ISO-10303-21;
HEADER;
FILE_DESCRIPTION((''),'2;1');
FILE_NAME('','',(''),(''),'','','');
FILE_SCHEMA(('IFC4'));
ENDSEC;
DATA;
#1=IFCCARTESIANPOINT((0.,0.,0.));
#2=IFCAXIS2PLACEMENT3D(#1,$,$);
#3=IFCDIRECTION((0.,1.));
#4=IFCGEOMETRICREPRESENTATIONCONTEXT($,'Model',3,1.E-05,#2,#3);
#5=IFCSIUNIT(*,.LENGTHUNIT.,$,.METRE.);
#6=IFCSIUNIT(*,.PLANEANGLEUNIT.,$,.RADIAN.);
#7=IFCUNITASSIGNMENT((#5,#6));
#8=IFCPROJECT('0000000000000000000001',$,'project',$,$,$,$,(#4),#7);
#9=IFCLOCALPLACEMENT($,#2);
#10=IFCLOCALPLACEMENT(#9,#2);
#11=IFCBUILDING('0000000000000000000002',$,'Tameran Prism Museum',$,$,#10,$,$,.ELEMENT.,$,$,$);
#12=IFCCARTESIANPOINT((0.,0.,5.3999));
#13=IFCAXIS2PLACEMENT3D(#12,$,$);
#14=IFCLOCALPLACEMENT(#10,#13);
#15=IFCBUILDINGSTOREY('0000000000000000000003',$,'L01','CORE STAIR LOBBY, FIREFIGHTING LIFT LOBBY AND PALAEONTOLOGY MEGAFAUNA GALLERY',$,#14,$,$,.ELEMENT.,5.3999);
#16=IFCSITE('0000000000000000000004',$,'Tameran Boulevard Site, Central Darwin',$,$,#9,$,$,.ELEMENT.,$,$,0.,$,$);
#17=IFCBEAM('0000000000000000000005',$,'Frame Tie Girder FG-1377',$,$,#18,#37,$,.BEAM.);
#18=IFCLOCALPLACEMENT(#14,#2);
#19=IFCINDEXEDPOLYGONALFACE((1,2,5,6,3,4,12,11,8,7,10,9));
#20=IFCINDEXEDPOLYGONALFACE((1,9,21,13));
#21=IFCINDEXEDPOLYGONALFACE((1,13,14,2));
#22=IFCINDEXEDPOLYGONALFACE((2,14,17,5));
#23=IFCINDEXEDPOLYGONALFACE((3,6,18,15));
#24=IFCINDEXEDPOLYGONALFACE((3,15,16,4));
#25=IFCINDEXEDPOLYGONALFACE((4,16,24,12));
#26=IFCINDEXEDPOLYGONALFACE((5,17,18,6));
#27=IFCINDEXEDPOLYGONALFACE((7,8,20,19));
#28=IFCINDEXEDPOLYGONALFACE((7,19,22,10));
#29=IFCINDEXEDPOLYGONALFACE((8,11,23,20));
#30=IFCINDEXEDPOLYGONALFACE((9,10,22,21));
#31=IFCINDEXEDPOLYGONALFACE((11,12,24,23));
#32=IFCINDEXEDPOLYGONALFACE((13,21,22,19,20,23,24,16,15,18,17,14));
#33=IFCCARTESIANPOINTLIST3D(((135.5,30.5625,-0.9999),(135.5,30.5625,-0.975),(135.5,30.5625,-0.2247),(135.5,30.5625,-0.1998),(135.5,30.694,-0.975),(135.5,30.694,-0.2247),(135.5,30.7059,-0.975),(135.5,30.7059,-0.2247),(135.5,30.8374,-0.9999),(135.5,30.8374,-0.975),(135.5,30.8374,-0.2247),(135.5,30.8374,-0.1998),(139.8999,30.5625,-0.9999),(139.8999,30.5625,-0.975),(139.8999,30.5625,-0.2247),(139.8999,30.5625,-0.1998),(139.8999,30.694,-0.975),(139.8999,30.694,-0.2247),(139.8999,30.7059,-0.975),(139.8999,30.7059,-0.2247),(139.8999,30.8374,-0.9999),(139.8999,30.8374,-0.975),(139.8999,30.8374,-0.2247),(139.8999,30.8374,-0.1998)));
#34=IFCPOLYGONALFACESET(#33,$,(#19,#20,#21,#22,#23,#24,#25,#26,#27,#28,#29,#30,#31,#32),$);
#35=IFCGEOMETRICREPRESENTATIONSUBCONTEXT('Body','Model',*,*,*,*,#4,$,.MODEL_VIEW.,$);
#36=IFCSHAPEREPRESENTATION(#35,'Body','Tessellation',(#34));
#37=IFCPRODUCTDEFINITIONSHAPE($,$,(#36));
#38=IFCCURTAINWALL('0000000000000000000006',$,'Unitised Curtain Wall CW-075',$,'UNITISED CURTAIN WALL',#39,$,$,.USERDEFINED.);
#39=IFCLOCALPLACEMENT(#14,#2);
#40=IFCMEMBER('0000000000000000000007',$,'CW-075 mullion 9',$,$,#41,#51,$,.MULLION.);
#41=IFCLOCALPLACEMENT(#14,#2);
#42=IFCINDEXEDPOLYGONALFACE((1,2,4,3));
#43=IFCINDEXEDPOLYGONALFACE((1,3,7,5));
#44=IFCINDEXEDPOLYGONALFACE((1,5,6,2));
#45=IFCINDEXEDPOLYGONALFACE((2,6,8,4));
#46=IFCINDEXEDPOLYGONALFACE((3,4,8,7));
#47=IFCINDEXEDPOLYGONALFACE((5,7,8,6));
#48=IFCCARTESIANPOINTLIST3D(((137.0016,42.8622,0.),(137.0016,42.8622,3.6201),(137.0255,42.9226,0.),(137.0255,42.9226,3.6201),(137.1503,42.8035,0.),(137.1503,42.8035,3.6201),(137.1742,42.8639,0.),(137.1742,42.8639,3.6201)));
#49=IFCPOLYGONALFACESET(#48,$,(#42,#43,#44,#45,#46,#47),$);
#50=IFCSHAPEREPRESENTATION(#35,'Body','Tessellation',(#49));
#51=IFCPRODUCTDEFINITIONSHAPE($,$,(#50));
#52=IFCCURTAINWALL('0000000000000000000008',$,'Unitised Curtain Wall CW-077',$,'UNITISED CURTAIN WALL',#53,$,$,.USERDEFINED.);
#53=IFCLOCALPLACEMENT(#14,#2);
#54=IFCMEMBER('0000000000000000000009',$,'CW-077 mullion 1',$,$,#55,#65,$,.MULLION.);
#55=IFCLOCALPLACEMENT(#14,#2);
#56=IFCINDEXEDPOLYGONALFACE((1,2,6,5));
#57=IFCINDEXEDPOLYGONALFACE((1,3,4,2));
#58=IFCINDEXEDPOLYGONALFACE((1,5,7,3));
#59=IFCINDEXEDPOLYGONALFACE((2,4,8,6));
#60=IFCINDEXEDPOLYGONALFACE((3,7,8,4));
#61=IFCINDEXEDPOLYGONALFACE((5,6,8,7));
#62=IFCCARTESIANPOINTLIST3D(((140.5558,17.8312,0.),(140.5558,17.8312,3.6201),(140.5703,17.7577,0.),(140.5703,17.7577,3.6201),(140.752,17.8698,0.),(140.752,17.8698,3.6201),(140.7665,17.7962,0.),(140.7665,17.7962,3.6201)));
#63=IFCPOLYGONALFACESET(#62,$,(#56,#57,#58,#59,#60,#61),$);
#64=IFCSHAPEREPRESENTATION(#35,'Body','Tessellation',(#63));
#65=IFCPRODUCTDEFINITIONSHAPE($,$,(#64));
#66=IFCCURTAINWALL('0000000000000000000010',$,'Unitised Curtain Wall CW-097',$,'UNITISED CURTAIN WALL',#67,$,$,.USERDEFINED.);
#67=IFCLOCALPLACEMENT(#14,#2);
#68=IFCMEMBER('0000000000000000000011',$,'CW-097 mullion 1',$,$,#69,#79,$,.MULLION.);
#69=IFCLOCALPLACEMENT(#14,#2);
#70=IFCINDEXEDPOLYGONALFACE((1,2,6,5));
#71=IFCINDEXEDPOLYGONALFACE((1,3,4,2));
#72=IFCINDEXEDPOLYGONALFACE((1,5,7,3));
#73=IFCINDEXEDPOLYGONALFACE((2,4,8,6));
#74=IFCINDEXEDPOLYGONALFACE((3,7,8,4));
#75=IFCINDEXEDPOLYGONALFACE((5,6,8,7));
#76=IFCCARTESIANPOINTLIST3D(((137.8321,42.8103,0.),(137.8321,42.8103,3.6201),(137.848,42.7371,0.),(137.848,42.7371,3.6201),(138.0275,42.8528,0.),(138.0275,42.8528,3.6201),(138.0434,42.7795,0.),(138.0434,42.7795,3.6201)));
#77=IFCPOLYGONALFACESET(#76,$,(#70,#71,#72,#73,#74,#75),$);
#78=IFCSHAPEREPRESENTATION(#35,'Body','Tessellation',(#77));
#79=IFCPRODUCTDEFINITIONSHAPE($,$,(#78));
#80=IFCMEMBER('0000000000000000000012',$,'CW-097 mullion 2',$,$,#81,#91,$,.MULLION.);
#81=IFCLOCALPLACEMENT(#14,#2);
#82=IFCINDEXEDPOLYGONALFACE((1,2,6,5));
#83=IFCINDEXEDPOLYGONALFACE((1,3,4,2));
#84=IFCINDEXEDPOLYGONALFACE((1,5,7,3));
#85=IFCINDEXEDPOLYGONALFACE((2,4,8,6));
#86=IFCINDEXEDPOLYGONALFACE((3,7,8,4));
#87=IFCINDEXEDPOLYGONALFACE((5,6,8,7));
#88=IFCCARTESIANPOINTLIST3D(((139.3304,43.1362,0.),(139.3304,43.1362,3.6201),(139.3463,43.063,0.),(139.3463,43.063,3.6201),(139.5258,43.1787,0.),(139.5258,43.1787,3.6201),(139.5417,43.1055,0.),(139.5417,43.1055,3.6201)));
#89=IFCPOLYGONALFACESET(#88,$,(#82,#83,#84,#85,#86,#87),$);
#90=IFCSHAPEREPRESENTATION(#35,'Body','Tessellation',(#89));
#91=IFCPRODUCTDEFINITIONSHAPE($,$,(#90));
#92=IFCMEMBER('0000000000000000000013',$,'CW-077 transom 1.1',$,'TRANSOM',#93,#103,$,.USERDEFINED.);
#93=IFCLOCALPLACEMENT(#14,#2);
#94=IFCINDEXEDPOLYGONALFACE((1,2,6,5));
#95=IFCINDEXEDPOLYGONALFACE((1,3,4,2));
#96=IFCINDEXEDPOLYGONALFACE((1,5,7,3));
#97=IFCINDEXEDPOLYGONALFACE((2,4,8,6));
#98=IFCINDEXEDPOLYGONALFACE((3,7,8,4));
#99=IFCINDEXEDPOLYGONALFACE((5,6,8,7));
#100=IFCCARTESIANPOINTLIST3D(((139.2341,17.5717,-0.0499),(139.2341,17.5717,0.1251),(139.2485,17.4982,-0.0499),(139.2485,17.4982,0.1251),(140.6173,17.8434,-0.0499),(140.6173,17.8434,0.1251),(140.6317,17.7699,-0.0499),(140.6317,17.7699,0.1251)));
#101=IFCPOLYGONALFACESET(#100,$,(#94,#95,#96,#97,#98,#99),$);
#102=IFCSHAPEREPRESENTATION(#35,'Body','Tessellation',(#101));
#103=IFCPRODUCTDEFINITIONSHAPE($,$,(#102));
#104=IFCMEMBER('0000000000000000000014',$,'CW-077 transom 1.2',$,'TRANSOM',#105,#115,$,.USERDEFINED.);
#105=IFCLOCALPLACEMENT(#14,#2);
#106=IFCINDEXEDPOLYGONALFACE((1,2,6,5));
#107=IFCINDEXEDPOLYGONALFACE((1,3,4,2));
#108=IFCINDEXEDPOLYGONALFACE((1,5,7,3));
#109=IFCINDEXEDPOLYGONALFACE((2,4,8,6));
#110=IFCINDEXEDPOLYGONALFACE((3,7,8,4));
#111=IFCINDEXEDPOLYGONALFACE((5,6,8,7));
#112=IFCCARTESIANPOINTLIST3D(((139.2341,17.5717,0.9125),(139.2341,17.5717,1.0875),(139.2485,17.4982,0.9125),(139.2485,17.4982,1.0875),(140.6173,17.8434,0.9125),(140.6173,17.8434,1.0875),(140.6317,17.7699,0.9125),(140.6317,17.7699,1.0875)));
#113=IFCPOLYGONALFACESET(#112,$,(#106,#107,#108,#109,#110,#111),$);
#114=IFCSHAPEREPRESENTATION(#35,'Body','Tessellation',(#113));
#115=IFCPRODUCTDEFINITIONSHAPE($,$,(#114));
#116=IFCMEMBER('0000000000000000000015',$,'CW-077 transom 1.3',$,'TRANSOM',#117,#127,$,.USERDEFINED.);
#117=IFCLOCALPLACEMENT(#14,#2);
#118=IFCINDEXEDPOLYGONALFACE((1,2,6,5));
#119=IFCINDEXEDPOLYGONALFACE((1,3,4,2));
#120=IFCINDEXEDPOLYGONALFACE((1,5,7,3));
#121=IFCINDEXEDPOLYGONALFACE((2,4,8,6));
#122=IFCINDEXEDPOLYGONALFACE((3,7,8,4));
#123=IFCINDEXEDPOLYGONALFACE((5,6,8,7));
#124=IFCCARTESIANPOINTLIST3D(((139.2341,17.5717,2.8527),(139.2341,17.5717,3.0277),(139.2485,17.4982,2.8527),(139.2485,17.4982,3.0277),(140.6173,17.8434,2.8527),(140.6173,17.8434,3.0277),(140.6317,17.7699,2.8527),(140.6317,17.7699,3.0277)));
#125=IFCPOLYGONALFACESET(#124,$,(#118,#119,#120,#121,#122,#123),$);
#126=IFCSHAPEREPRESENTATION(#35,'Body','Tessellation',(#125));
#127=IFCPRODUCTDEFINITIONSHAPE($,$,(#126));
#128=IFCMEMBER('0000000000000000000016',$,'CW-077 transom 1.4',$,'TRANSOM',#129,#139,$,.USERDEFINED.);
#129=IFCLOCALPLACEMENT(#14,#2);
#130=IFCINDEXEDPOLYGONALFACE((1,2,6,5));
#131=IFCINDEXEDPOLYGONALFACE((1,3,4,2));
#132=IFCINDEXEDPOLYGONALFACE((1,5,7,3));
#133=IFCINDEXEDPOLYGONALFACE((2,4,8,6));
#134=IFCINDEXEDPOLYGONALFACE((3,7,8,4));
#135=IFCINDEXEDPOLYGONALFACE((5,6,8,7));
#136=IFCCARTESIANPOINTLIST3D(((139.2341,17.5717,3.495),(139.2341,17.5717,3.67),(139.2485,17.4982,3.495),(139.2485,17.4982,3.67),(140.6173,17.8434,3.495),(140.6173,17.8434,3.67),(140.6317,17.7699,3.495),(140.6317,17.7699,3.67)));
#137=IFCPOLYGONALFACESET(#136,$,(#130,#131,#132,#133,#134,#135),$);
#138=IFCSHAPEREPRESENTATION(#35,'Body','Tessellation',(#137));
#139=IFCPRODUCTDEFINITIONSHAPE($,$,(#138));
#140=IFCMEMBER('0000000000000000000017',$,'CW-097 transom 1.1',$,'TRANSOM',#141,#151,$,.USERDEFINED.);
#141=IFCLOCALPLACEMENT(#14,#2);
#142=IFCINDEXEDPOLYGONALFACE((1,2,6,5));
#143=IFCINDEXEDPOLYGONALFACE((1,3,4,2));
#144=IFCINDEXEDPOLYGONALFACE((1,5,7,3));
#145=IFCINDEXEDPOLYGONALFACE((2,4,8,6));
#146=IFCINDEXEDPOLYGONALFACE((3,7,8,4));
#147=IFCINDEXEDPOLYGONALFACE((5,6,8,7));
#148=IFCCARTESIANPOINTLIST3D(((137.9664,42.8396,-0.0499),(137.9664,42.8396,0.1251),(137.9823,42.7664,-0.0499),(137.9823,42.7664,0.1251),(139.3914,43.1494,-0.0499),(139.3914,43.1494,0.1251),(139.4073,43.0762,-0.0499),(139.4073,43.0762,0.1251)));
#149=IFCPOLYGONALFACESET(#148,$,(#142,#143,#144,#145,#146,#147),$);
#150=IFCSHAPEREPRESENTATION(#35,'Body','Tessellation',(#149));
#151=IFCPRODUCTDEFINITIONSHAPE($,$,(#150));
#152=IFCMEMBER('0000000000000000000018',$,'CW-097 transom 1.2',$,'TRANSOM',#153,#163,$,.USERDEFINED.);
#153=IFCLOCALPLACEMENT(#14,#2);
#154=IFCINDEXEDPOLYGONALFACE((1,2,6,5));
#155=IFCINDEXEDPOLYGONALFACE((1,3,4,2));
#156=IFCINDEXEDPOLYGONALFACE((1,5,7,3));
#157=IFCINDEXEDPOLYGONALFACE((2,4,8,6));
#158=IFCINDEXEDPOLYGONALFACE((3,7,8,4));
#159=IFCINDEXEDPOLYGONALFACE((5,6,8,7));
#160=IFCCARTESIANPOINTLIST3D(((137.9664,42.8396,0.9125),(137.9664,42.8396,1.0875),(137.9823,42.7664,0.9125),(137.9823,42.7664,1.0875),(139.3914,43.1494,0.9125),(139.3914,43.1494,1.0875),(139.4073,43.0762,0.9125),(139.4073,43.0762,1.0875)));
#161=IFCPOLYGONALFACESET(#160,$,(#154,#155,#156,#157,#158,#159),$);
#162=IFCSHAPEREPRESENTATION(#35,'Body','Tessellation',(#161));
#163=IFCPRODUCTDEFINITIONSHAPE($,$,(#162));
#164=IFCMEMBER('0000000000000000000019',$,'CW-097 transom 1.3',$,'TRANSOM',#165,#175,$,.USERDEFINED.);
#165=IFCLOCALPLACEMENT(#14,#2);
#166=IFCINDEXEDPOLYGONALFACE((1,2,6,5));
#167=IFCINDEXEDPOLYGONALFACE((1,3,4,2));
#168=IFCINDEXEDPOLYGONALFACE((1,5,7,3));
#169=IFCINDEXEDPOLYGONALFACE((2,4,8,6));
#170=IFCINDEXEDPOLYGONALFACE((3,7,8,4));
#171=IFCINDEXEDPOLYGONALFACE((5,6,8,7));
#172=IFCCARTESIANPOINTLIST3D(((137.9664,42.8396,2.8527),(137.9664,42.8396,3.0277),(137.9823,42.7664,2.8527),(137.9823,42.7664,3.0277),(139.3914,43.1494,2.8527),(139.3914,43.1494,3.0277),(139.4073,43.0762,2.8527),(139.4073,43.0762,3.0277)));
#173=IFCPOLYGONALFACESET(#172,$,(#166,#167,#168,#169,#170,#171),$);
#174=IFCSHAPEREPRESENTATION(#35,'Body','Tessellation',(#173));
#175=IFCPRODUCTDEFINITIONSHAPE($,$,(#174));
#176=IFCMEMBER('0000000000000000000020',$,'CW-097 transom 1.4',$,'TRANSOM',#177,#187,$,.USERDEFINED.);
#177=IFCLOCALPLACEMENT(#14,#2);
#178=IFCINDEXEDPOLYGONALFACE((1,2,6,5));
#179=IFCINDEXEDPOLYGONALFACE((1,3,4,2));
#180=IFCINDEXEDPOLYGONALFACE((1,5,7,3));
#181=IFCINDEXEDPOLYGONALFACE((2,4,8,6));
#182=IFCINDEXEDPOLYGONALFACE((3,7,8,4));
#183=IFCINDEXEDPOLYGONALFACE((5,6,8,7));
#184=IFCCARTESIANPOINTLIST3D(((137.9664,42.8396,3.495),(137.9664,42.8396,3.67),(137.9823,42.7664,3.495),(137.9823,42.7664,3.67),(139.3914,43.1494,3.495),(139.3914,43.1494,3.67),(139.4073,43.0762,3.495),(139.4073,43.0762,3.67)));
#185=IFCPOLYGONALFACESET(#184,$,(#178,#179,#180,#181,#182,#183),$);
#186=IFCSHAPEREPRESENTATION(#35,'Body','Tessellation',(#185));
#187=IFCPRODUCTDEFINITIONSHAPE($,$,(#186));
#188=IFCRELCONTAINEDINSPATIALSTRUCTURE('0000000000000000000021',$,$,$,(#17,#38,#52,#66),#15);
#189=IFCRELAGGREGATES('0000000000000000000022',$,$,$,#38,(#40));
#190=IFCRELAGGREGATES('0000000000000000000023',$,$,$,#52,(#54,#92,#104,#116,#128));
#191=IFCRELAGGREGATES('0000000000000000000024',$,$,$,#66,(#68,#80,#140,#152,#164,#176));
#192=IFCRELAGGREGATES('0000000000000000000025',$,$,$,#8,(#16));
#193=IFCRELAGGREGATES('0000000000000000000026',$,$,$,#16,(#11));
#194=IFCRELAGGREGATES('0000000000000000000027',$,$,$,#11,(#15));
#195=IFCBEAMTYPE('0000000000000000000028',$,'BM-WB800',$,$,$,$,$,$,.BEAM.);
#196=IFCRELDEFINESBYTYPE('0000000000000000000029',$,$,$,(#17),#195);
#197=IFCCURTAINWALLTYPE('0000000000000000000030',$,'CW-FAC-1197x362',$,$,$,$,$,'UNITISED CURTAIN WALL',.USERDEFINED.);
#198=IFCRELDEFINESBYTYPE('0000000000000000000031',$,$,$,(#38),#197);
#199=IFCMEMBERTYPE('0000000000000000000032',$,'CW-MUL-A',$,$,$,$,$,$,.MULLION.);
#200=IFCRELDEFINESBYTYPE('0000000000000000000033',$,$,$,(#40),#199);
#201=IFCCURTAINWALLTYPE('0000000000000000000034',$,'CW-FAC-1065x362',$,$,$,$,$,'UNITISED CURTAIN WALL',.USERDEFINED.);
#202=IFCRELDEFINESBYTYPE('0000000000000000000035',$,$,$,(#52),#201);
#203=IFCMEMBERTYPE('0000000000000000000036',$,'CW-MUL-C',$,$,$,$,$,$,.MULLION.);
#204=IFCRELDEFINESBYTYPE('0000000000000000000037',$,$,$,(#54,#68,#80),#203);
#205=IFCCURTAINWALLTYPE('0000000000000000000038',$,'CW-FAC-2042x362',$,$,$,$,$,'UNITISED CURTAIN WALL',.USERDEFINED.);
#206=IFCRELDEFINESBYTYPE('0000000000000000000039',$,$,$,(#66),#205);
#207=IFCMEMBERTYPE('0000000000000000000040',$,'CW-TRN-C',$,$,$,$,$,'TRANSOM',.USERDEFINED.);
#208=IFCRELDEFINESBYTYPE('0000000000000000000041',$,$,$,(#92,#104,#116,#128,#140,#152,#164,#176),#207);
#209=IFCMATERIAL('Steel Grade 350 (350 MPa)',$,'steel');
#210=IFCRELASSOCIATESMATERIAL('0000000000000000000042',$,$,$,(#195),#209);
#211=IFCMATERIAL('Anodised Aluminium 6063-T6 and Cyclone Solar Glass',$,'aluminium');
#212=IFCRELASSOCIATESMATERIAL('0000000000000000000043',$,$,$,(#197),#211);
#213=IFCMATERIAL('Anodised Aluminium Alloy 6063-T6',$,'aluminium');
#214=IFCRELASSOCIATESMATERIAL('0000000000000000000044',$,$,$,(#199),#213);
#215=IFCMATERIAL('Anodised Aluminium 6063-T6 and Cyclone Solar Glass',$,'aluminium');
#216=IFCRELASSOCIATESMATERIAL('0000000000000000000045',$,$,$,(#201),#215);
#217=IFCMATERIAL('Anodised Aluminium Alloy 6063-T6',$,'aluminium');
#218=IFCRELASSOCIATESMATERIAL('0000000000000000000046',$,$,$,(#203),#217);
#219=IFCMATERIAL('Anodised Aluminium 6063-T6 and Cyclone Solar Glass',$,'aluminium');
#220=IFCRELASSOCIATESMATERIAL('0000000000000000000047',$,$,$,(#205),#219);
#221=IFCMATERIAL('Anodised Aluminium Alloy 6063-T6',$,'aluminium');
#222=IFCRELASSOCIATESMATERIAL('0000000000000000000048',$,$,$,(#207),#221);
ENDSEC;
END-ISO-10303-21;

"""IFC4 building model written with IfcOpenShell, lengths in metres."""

from ifc_helpers import new_model, si_unit, direction, frame, origin, origin_2d, place, context, subcontext, project, spatial, rectangle, i_section, extrude, material, material_profile, profile_set, type_object, element, aggregate, save


model = new_model("IFC4")

# Units and contexts
model_context = context("Model", 3, precision=1e-05, world=origin(), true_north=direction((0.0, 1.0)))
body_context = subcontext(model_context, "Body", "Model", "MODEL_VIEW")
ifc_project = project(units=[si_unit("LENGTHUNIT", "METRE"), si_unit("PLANEANGLEUNIT", "RADIAN")], contexts=[model_context])

# Site, building, storey
site_placement = place(None, origin())
site = spatial("IfcSite", under=ifc_project, at=site_placement, Name="Tameran Boulevard Site, Central Darwin", CompositionType="ELEMENT", RefElevation=0.0)
building_placement = place(site_placement, origin())
building = spatial("IfcBuilding", under=site, at=building_placement, Name="Tameran Prism Museum", CompositionType="ELEMENT")
storey_placement = place(building_placement, frame((0.0, 0.0, 5.3999)))
storey = spatial("IfcBuildingStorey", under=building, at=storey_placement, Name="L01", Description="CORE STAIR LOBBY, FIREFIGHTING LIFT LOBBY AND PALAEONTOLOGY MEGAFAUNA GALLERY", CompositionType="ELEMENT", Elevation=5.3999)

# Beam
ifc_material_1 = material(Name="Steel Grade 350 (350 MPa)", Category="steel")
ifc_material_profile_1 = material_profile(ifc_material_1, i_section(OverallWidth=0.2749, OverallDepth=0.8, WebThickness=0.012, FlangeThickness=0.0249, at=origin_2d()))
ifc_profile_set_1 = profile_set([ifc_material_profile_1])
beam_type_1 = type_object("IfcBeamType", Name="BM-WB800", PredefinedType="BEAM", material=ifc_profile_set_1)
for number, where, z_axis, x_axis, name in (
    (1, (135.5, 30.7, -0.5999), (1.0, 0.0, 0.0), (0.0, 1.0, 0.0), "Frame Tie Girder FG-1377"),
):
    element("IfcBeam", number, at=place(storey_placement, frame(where, z_axis=z_axis, x_axis=x_axis)), inside=storey, type_object=beam_type_1, Name=name, PredefinedType="BEAM", context=body_context, shape_type="SweptSolid", body=[
        extrude(i_section(OverallWidth=0.2749, OverallDepth=0.8, WebThickness=0.012, FlangeThickness=0.0249, at=origin_2d()), origin(), (0.0, 0.0, 1.0), 4.3999),
    ])

# Curtain walls, members
ifc_material_2 = material(Name="Anodised Aluminium 6063-T6 and Cyclone Solar Glass", Category="aluminium")
curtain_wall_type_1 = type_object("IfcCurtainWallType", Name="CW-FAC-1197x362", ElementType="UNITISED CURTAIN WALL", PredefinedType="USERDEFINED", material=ifc_material_2)
curtain_wall_1_placement = place(storey_placement, origin())
curtain_wall_1 = element("IfcCurtainWall", 2, at=curtain_wall_1_placement, inside=storey, type_object=curtain_wall_type_1, Name="Unitised Curtain Wall CW-075", ObjectType="UNITISED CURTAIN WALL", PredefinedType="USERDEFINED")
ifc_material_3 = material(Name="Anodised Aluminium Alloy 6063-T6", Category="aluminium")
ifc_material_profile_2 = material_profile(ifc_material_3, rectangle(XDim=0.0649, YDim=0.1599, at=origin_2d()))
ifc_profile_set_2 = profile_set([ifc_material_profile_2])
member_type_1 = type_object("IfcMemberType", Name="CW-MUL-A", PredefinedType="MULLION", material=ifc_profile_set_2)
member_1_placement = place(storey_placement, frame((137.0879, 42.863, 0.0), z_axis=(0.0, 0.0, 1.0), x_axis=(0.367355, 0.930081, 0.0)))
member_1 = element("IfcMember", 3, at=member_1_placement, type_object=member_type_1, Name="CW-075 mullion 9", PredefinedType="MULLION", context=body_context, shape_type="SweptSolid", body=[
    extrude(rectangle(XDim=0.0649, YDim=0.1599, at=origin_2d()), origin(), (0.0, 0.0, 1.0), 3.6201),
])
aggregate(curtain_wall_1, [member_1])
ifc_material_4 = material(Name="Anodised Aluminium 6063-T6 and Cyclone Solar Glass", Category="aluminium")
curtain_wall_type_2 = type_object("IfcCurtainWallType", Name="CW-FAC-1065x362", ElementType="UNITISED CURTAIN WALL", PredefinedType="USERDEFINED", material=ifc_material_4)
curtain_wall_2_placement = place(storey_placement, origin())
curtain_wall_2 = element("IfcCurtainWall", 4, at=curtain_wall_2_placement, inside=storey, type_object=curtain_wall_type_2, Name="Unitised Curtain Wall CW-077", ObjectType="UNITISED CURTAIN WALL", PredefinedType="USERDEFINED")
ifc_material_5 = material(Name="Anodised Aluminium Alloy 6063-T6", Category="aluminium")
ifc_material_profile_3 = material_profile(ifc_material_5, rectangle(XDim=0.075, YDim=0.2, at=origin_2d()))
ifc_profile_set_3 = profile_set([ifc_material_profile_3])
member_type_2 = type_object("IfcMemberType", Name="CW-MUL-C", PredefinedType="MULLION", material=ifc_profile_set_3)
member_2_placement = place(storey_placement, frame((140.6611, 17.8137, 0.0), z_axis=(0.0, 0.0, 1.0), x_axis=(0.192776, -0.981243, 0.0)))
member_2 = element("IfcMember", 5, at=member_2_placement, type_object=member_type_2, Name="CW-077 mullion 1", PredefinedType="MULLION", context=body_context, shape_type="SweptSolid", body=[
    extrude(rectangle(XDim=0.075, YDim=0.2, at=origin_2d()), origin(), (0.0, 0.0, 1.0), 3.6201),
])

# Curtain wall, members
ifc_material_6 = material(Name="Anodised Aluminium 6063-T6 and Cyclone Solar Glass", Category="aluminium")
curtain_wall_type_3 = type_object("IfcCurtainWallType", Name="CW-FAC-2042x362", ElementType="UNITISED CURTAIN WALL", PredefinedType="USERDEFINED", material=ifc_material_6)
curtain_wall_3_placement = place(storey_placement, origin())
curtain_wall_3 = element("IfcCurtainWall", 6, at=curtain_wall_3_placement, inside=storey, type_object=curtain_wall_type_3, Name="Unitised Curtain Wall CW-097", ObjectType="UNITISED CURTAIN WALL", PredefinedType="USERDEFINED")
member_3_placement = place(storey_placement, frame((137.9377, 42.7949, 0.0), z_axis=(0.0, 0.0, 1.0), x_axis=(-0.212454, 0.977171, 0.0)))
member_3 = element("IfcMember", 7, at=member_3_placement, type_object=member_type_2, Name="CW-097 mullion 1", PredefinedType="MULLION", context=body_context, shape_type="SweptSolid", body=[
    extrude(rectangle(XDim=0.075, YDim=0.2, at=origin_2d()), origin(), (0.0, 0.0, 1.0), 3.6201),
])
member_4_placement = place(storey_placement, frame((139.436, 43.1208, 0.0), z_axis=(0.0, 0.0, 1.0), x_axis=(-0.212454, 0.977171, 0.0)))
member_4 = element("IfcMember", 8, at=member_4_placement, type_object=member_type_2, Name="CW-097 mullion 2", PredefinedType="MULLION", context=body_context, shape_type="SweptSolid", body=[
    extrude(rectangle(XDim=0.075, YDim=0.2, at=origin_2d()), origin(), (0.0, 0.0, 1.0), 3.6201),
])

# Members
ifc_material_7 = material(Name="Anodised Aluminium Alloy 6063-T6", Category="aluminium")
ifc_material_profile_4 = material_profile(ifc_material_7, rectangle(XDim=0.075, YDim=0.175, at=origin_2d()))
ifc_profile_set_4 = profile_set([ifc_material_profile_4])
member_type_3 = type_object("IfcMemberType", Name="CW-TRN-C", ElementType="TRANSOM", PredefinedType="USERDEFINED", material=ifc_profile_set_4)
member_5_placement = place(storey_placement, frame((140.6245, 17.8066, 0.0376), z_axis=(-0.981248, -0.192751, 0.0), x_axis=(0.192751, -0.981248, 0.0)))
member_5 = element("IfcMember", 9, at=member_5_placement, type_object=member_type_3, Name="CW-077 transom 1.1", ObjectType="TRANSOM", PredefinedType="USERDEFINED", context=body_context, shape_type="SweptSolid", body=[
    extrude(rectangle(XDim=0.075, YDim=0.175, at=origin_2d()), origin(), (0.0, 0.0, 1.0), 1.4097),
])
member_6_placement = place(storey_placement, frame((140.6245, 17.8066, 1.0), z_axis=(-0.981248, -0.192751, 0.0), x_axis=(0.192751, -0.981248, 0.0)))
member_6 = element("IfcMember", 10, at=member_6_placement, type_object=member_type_3, Name="CW-077 transom 1.2", ObjectType="TRANSOM", PredefinedType="USERDEFINED", context=body_context, shape_type="SweptSolid", body=[
    extrude(rectangle(XDim=0.075, YDim=0.175, at=origin_2d()), origin(), (0.0, 0.0, 1.0), 1.4097),
])
member_7_placement = place(storey_placement, frame((140.6245, 17.8066, 2.9402), z_axis=(-0.981248, -0.192751, 0.0), x_axis=(0.192751, -0.981248, 0.0)))
member_7 = element("IfcMember", 11, at=member_7_placement, type_object=member_type_3, Name="CW-077 transom 1.3", ObjectType="TRANSOM", PredefinedType="USERDEFINED", context=body_context, shape_type="SweptSolid", body=[
    extrude(rectangle(XDim=0.075, YDim=0.175, at=origin_2d()), origin(), (0.0, 0.0, 1.0), 1.4097),
])
member_8_placement = place(storey_placement, frame((140.6245, 17.8066, 3.5825), z_axis=(-0.981248, -0.192751, 0.0), x_axis=(0.192751, -0.981248, 0.0)))
member_8 = element("IfcMember", 12, at=member_8_placement, type_object=member_type_3, Name="CW-077 transom 1.4", ObjectType="TRANSOM", PredefinedType="USERDEFINED", context=body_context, shape_type="SweptSolid", body=[
    extrude(rectangle(XDim=0.075, YDim=0.175, at=origin_2d()), origin(), (0.0, 0.0, 1.0), 1.4097),
])
member_9_placement = place(storey_placement, frame((137.9744, 42.803, 0.0376), z_axis=(0.977173, 0.212444, 0.0), x_axis=(-0.212444, 0.977173, 0.0)))
member_9 = element("IfcMember", 13, at=member_9_placement, type_object=member_type_3, Name="CW-097 transom 1.1", ObjectType="TRANSOM", PredefinedType="USERDEFINED", context=body_context, shape_type="SweptSolid", body=[
    extrude(rectangle(XDim=0.075, YDim=0.175, at=origin_2d()), origin(), (0.0, 0.0, 1.0), 1.4583),
])
member_10_placement = place(storey_placement, frame((137.9744, 42.803, 1.0), z_axis=(0.977173, 0.212444, 0.0), x_axis=(-0.212444, 0.977173, 0.0)))
member_10 = element("IfcMember", 14, at=member_10_placement, type_object=member_type_3, Name="CW-097 transom 1.2", ObjectType="TRANSOM", PredefinedType="USERDEFINED", context=body_context, shape_type="SweptSolid", body=[
    extrude(rectangle(XDim=0.075, YDim=0.175, at=origin_2d()), origin(), (0.0, 0.0, 1.0), 1.4583),
])
member_11_placement = place(storey_placement, frame((137.9744, 42.803, 2.9402), z_axis=(0.977173, 0.212444, 0.0), x_axis=(-0.212444, 0.977173, 0.0)))
member_11 = element("IfcMember", 15, at=member_11_placement, type_object=member_type_3, Name="CW-097 transom 1.3", ObjectType="TRANSOM", PredefinedType="USERDEFINED", context=body_context, shape_type="SweptSolid", body=[
    extrude(rectangle(XDim=0.075, YDim=0.175, at=origin_2d()), origin(), (0.0, 0.0, 1.0), 1.4583),
])
member_12_placement = place(storey_placement, frame((137.9744, 42.803, 3.5825), z_axis=(0.977173, 0.212444, 0.0), x_axis=(-0.212444, 0.977173, 0.0)))
member_12 = element("IfcMember", 16, at=member_12_placement, type_object=member_type_3, Name="CW-097 transom 1.4", ObjectType="TRANSOM", PredefinedType="USERDEFINED", context=body_context, shape_type="SweptSolid", body=[
    extrude(rectangle(XDim=0.075, YDim=0.175, at=origin_2d()), origin(), (0.0, 0.0, 1.0), 1.4583),
])

aggregate(curtain_wall_2, [member_2, member_5, member_6, member_7, member_8])
aggregate(curtain_wall_3, [member_3, member_4, member_9, member_10, member_11, member_12])

save(model, "model.ifc")
